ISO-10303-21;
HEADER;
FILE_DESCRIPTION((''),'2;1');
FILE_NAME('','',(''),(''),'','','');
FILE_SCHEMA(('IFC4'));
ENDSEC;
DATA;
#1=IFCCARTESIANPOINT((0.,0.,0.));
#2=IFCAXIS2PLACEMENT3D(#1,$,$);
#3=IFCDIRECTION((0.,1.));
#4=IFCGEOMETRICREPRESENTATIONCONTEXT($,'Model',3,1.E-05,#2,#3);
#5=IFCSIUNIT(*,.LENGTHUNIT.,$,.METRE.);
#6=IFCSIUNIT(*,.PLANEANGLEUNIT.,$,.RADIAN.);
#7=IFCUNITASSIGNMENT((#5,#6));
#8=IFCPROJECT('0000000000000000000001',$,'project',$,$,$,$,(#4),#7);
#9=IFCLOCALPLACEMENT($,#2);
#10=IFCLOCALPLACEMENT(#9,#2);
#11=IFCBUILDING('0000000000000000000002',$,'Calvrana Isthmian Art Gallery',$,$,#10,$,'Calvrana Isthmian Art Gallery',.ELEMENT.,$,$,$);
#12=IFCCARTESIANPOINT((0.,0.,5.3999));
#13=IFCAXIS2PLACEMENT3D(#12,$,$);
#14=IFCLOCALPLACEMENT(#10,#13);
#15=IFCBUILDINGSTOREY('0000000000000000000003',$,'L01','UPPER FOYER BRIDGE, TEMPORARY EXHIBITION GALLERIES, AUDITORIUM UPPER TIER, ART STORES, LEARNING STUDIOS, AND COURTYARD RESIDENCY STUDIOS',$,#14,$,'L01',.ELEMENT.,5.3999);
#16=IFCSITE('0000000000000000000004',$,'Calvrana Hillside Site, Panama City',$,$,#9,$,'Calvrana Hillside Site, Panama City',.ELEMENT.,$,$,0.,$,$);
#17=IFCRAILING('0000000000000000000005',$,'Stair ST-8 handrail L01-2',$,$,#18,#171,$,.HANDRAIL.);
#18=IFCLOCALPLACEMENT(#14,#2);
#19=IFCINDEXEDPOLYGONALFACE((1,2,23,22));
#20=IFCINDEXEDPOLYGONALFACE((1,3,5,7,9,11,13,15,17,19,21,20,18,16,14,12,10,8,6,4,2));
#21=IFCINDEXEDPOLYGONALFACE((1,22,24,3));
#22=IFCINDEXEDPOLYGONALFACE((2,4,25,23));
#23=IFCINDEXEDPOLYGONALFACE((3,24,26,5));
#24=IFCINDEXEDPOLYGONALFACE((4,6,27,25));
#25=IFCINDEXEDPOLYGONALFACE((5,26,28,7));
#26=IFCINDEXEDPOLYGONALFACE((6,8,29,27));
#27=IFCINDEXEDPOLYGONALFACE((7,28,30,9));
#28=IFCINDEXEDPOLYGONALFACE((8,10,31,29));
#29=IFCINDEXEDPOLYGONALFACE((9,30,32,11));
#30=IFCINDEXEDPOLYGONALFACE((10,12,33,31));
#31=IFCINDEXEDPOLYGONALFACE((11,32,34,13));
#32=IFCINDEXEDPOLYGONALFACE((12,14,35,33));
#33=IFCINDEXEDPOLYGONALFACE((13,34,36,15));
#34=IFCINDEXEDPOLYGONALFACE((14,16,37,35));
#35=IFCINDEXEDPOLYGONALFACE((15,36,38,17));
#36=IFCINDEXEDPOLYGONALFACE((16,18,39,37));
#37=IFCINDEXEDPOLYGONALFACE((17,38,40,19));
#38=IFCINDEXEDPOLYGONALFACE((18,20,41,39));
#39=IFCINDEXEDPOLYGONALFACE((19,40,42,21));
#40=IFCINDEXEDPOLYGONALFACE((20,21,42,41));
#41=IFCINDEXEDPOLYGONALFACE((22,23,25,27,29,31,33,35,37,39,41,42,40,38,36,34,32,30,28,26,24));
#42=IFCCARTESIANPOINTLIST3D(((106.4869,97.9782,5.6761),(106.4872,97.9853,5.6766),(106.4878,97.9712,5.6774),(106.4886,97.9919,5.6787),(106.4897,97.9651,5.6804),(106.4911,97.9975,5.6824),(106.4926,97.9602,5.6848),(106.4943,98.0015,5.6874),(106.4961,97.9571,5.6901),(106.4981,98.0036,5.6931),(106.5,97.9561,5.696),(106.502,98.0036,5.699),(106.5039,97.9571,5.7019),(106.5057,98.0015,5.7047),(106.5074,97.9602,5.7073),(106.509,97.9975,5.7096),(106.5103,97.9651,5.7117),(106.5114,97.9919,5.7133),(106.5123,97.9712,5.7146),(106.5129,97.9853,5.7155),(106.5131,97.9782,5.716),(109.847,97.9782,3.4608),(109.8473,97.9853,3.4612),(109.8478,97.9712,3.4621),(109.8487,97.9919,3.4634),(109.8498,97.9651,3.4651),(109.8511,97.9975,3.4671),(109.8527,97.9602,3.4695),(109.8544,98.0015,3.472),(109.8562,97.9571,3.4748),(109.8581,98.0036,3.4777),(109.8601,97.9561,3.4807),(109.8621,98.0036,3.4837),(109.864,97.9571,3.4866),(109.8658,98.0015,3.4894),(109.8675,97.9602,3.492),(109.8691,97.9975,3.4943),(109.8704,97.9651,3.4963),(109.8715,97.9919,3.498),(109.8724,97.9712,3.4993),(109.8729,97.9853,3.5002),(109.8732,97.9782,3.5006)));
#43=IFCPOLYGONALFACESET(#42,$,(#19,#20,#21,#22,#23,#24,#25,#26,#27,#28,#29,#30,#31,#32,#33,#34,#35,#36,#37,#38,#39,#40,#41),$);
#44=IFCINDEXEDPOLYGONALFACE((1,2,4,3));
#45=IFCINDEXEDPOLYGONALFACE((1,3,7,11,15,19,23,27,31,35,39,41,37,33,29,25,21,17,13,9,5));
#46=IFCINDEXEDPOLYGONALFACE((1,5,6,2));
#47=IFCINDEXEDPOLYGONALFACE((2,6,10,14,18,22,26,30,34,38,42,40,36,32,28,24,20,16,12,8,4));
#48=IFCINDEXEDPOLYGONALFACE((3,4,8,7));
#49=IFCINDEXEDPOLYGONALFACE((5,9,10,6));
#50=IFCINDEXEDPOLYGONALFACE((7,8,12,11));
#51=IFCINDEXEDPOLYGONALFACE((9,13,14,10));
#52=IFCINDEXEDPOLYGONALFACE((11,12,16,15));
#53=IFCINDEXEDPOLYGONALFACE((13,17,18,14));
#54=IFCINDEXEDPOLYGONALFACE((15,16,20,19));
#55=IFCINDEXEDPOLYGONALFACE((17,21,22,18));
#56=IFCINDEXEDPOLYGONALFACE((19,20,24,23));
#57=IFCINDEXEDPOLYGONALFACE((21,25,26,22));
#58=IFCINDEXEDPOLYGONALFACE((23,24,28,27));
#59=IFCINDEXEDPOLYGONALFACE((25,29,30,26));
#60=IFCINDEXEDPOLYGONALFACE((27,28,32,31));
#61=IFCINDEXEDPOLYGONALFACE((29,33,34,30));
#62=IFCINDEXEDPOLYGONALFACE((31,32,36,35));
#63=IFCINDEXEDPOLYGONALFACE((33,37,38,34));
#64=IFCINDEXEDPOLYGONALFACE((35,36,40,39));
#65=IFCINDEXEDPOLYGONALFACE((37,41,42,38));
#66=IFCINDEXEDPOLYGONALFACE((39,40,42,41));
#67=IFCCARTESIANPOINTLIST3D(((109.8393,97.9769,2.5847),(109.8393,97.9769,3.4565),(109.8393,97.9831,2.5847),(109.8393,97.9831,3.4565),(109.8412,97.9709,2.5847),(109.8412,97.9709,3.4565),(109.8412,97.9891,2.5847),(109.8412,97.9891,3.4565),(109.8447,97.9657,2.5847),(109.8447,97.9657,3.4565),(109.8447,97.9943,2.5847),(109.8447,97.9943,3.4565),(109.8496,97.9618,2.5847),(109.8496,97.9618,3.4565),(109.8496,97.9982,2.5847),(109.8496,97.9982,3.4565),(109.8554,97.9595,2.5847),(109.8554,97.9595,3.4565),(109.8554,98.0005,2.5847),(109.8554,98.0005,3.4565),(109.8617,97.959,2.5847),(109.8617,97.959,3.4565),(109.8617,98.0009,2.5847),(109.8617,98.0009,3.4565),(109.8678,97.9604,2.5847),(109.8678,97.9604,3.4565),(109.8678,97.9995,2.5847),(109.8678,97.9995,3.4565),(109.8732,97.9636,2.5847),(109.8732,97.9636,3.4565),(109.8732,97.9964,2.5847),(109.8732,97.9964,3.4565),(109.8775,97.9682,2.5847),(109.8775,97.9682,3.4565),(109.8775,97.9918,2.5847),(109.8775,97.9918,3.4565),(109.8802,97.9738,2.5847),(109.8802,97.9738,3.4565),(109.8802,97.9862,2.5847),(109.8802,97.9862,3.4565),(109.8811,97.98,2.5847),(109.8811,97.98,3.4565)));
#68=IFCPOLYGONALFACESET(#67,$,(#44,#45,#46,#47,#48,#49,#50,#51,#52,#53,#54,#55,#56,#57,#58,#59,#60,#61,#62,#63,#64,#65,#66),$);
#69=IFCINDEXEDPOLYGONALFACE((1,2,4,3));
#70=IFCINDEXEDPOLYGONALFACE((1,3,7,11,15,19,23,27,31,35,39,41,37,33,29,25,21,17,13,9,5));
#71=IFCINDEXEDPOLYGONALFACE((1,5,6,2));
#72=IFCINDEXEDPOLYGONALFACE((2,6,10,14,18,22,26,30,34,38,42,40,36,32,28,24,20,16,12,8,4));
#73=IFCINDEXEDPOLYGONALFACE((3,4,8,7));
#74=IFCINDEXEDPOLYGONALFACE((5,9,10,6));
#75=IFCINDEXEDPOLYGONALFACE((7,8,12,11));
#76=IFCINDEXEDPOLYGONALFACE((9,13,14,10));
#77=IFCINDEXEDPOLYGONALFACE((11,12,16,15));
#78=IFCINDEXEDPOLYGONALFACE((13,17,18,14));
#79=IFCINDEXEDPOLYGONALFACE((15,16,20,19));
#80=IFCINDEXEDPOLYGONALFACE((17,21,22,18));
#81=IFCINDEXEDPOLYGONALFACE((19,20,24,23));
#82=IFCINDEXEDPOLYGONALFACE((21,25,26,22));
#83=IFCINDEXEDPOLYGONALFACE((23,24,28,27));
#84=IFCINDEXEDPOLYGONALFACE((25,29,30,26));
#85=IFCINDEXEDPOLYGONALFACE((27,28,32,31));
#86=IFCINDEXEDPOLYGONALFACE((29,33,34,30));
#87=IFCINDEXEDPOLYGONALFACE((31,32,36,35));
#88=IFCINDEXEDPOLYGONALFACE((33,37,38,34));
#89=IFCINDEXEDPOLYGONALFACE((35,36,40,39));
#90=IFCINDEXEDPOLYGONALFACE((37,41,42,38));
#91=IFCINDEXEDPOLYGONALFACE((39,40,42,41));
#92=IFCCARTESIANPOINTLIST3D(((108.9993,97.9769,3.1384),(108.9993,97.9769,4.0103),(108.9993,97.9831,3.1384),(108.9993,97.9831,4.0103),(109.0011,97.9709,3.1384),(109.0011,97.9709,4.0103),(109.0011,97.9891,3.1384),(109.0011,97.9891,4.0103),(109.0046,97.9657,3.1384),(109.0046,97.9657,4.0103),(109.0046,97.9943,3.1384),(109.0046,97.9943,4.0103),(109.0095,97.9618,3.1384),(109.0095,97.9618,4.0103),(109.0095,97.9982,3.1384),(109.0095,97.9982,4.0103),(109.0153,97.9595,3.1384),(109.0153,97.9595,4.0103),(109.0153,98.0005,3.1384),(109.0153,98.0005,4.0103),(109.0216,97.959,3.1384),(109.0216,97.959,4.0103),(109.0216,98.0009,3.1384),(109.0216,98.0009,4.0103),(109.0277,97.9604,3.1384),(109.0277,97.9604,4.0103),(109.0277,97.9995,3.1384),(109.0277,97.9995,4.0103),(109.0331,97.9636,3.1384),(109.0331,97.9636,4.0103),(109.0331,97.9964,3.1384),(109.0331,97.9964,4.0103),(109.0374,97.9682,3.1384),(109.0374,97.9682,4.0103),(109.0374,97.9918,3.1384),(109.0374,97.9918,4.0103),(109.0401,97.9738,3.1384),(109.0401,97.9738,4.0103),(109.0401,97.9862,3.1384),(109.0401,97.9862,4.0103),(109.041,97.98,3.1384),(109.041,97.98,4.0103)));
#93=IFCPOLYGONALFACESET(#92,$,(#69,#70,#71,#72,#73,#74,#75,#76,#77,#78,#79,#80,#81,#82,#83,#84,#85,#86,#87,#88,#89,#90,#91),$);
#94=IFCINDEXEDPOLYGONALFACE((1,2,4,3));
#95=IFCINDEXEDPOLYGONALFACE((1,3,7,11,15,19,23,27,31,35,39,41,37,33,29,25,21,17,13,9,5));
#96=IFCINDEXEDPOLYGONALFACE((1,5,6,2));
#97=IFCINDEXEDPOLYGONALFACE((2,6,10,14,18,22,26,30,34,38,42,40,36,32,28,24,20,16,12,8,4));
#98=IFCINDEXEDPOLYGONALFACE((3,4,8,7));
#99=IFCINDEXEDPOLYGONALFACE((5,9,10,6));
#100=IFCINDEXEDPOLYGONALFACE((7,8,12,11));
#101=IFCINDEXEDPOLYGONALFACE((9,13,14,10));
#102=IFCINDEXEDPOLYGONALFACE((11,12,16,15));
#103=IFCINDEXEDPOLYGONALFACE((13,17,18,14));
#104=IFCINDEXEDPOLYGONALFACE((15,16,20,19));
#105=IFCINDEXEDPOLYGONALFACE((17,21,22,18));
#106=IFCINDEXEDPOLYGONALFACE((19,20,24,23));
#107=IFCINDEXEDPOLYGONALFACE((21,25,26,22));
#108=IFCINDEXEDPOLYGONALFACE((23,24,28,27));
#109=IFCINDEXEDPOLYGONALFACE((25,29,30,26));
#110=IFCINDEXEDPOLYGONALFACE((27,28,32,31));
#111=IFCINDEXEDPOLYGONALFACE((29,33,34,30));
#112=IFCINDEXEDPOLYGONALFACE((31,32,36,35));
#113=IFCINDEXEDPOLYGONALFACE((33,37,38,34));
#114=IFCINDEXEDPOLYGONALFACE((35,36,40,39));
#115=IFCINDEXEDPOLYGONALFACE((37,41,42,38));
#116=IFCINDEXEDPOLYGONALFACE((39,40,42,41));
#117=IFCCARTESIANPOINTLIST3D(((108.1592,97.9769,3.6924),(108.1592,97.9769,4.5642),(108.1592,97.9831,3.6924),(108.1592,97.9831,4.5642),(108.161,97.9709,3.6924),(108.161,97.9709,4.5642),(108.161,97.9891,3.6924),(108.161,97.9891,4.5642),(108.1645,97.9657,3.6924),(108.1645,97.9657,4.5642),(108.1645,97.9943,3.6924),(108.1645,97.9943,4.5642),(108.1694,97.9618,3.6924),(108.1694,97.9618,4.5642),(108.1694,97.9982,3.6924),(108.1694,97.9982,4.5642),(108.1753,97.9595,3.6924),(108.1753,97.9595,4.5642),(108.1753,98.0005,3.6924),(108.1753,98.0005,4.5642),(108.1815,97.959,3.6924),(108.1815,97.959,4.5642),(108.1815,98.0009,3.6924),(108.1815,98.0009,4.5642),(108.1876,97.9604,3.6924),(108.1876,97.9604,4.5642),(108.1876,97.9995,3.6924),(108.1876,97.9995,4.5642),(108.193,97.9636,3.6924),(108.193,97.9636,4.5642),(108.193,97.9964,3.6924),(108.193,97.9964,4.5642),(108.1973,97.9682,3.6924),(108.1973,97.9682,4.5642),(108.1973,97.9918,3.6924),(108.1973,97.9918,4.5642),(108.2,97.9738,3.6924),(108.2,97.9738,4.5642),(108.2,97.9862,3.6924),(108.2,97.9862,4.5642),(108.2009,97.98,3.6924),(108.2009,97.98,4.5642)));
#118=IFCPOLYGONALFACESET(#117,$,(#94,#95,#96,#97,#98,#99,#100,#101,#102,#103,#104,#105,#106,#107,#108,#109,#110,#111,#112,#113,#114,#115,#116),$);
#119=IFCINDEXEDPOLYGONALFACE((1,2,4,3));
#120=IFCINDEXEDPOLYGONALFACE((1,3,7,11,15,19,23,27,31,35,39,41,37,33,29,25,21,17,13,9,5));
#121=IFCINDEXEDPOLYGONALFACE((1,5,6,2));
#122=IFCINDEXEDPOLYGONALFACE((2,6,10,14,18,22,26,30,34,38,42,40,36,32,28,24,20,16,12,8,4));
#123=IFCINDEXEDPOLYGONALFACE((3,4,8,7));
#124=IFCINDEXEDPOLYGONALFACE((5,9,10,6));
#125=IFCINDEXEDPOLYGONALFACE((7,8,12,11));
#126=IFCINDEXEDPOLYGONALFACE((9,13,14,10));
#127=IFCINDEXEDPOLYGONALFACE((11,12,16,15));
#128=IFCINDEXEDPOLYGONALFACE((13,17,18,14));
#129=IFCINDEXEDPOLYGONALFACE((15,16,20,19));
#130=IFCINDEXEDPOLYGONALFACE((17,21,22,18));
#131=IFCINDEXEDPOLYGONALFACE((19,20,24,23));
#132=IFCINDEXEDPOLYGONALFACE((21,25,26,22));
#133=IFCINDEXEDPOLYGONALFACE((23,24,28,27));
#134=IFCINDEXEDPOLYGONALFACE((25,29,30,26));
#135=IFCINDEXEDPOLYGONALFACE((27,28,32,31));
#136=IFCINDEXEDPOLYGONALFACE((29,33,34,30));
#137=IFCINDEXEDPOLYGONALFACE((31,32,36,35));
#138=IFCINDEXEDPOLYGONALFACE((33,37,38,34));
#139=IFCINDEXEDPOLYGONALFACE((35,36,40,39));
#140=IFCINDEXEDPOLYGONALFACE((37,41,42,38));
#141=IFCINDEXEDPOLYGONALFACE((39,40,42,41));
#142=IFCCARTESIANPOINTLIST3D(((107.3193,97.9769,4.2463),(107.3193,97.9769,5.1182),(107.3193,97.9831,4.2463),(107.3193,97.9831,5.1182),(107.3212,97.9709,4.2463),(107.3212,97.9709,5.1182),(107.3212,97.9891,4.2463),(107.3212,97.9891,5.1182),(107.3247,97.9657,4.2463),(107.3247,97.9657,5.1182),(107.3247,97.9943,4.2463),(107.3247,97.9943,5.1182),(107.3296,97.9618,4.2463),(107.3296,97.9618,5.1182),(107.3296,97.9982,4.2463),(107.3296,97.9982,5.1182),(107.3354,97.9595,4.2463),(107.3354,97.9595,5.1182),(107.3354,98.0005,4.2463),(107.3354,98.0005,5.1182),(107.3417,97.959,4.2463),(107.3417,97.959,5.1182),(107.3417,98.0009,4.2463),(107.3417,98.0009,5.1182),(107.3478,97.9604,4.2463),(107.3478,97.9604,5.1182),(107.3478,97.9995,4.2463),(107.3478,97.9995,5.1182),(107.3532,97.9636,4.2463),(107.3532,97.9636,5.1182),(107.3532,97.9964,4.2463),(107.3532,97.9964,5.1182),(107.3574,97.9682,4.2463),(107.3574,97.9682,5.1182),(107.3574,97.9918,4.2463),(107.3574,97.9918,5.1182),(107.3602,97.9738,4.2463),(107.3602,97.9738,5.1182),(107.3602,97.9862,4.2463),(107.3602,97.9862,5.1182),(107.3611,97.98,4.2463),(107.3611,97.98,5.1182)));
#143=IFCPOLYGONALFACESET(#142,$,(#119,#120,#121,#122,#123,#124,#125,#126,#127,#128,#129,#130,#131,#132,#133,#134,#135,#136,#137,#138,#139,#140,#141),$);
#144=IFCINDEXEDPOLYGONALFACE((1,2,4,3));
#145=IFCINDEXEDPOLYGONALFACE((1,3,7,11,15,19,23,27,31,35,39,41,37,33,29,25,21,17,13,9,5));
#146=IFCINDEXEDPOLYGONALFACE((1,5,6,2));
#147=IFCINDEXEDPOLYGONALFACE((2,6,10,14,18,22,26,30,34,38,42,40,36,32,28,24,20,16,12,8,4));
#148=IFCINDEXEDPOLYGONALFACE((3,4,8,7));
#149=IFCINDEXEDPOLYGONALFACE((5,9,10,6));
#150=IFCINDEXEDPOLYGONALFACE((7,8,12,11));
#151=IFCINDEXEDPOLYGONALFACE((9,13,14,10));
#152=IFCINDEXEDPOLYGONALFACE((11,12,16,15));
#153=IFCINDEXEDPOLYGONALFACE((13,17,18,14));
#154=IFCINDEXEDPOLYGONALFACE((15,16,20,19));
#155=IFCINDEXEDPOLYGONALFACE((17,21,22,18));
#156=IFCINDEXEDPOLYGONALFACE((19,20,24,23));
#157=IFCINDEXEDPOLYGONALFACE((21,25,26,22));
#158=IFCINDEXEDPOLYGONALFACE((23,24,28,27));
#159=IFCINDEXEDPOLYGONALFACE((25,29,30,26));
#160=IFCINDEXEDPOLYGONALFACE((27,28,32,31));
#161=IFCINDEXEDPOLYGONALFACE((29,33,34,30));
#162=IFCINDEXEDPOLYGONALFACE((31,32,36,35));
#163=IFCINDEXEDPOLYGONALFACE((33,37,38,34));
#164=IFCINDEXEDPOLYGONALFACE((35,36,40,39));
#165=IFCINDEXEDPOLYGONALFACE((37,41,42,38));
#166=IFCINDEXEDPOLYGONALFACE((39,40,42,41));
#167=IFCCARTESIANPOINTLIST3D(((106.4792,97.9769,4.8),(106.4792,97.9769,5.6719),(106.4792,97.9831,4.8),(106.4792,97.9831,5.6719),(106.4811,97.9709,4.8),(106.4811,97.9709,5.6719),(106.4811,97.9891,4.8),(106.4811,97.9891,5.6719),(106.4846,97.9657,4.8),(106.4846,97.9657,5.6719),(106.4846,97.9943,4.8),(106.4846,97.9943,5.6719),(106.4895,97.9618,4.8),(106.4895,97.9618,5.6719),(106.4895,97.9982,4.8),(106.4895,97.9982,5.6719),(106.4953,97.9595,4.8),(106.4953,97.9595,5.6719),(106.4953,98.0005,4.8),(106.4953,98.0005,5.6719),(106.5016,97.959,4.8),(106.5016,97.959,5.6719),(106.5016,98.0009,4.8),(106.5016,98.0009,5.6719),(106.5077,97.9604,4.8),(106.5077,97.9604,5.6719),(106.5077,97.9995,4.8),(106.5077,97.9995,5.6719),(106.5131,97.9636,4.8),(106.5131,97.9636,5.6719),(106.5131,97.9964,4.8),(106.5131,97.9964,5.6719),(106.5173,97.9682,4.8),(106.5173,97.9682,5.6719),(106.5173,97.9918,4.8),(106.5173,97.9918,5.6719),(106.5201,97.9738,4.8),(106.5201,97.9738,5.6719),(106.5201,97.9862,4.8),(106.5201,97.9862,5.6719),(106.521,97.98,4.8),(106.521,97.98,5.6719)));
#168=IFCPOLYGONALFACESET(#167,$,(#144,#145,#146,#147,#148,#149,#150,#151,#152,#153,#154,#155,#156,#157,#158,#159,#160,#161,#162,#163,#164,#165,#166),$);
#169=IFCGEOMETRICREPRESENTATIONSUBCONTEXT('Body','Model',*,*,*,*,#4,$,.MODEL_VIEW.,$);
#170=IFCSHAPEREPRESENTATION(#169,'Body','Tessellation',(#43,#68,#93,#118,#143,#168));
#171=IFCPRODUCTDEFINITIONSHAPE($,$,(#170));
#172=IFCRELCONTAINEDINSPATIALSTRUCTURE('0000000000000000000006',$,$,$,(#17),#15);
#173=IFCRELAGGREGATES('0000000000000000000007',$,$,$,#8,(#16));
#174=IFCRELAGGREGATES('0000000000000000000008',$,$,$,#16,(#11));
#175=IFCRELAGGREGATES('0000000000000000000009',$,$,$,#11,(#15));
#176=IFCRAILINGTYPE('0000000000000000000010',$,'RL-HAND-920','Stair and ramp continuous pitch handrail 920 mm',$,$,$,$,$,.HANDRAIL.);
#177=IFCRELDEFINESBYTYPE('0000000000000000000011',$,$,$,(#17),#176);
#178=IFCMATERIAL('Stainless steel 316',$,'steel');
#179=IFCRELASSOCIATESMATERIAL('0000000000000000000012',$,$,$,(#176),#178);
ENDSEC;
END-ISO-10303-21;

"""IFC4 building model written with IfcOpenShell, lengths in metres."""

from ifc_helpers import new_model, si_unit, direction, frame, origin, origin_2d, place, context, subcontext, project, spatial, circle, extrude, material, type_object, element, save


model = new_model("IFC4")

# Units and contexts
model_context = context("Model", 3, precision=1e-05, world=origin(), true_north=direction((0.0, 1.0)))
body_context = subcontext(model_context, "Body", "Model", "MODEL_VIEW")
ifc_project = project(units=[si_unit("LENGTHUNIT", "METRE"), si_unit("PLANEANGLEUNIT", "RADIAN")], contexts=[model_context])

# Site, building, storey
site_placement = place(None, origin())
site = spatial("IfcSite", under=ifc_project, at=site_placement, Name="Calvrana Hillside Site, Panama City", LongName="Calvrana Hillside Site, Panama City", CompositionType="ELEMENT", RefElevation=0.0)
building_placement = place(site_placement, origin())
building = spatial("IfcBuilding", under=site, at=building_placement, Name="Calvrana Isthmian Art Gallery", LongName="Calvrana Isthmian Art Gallery", CompositionType="ELEMENT")
storey_placement = place(building_placement, frame((0.0, 0.0, 5.3999)))
storey = spatial("IfcBuildingStorey", under=building, at=storey_placement, Name="L01", Description="UPPER FOYER BRIDGE, TEMPORARY EXHIBITION GALLERIES, AUDITORIUM UPPER TIER, ART STORES, LEARNING STUDIOS, AND COURTYARD RESIDENCY STUDIOS", LongName="L01", CompositionType="ELEMENT", Elevation=5.3999)

# Railing
ifc_material_1 = material(Name="Stainless steel 316", Category="steel")
railing_type_1 = type_object("IfcRailingType", Name="RL-HAND-920", Description="Stair and ramp continuous pitch handrail 920 mm", PredefinedType="HANDRAIL", material=ifc_material_1)
railing_1_placement = place(storey_placement, frame((109.8601, 97.98, 2.5847)))
element("IfcRailing", 1, at=railing_1_placement, inside=storey, type_object=railing_type_1, Name="Stair ST-8 handrail L01-2", PredefinedType="HANDRAIL", context=body_context, shape_type="SweptSolid", body=[
    extrude(circle(Radius=0.0239, at=origin_2d()), frame((0.0, 0.0, 0.896), z_axis=(-0.834876, 0.0, 0.550437), x_axis=(0.0, -1.0, 0.0)), (0.0, 0.0, 1.0), 4.0247),
    extrude(circle(Radius=0.021, at=origin_2d()), origin(), (0.0, 0.0, 1.0), 0.8718),
    extrude(circle(Radius=0.021, at=origin_2d()), frame((-0.8401, 0.0, 0.5537)), (0.0, 0.0, 1.0), 0.8718),
    extrude(circle(Radius=0.021, at=origin_2d()), frame((-1.6802, 0.0, 1.1077)), (0.0, 0.0, 1.0), 0.8718),
    extrude(circle(Radius=0.021, at=origin_2d()), frame((-2.52, 0.0, 1.6616)), (0.0, 0.0, 1.0), 0.8718),
    extrude(circle(Radius=0.021, at=origin_2d()), frame((-3.3601, 0.0, 2.2153)), (0.0, 0.0, 1.0), 0.8718),
])

save(model, "model.ifc")
